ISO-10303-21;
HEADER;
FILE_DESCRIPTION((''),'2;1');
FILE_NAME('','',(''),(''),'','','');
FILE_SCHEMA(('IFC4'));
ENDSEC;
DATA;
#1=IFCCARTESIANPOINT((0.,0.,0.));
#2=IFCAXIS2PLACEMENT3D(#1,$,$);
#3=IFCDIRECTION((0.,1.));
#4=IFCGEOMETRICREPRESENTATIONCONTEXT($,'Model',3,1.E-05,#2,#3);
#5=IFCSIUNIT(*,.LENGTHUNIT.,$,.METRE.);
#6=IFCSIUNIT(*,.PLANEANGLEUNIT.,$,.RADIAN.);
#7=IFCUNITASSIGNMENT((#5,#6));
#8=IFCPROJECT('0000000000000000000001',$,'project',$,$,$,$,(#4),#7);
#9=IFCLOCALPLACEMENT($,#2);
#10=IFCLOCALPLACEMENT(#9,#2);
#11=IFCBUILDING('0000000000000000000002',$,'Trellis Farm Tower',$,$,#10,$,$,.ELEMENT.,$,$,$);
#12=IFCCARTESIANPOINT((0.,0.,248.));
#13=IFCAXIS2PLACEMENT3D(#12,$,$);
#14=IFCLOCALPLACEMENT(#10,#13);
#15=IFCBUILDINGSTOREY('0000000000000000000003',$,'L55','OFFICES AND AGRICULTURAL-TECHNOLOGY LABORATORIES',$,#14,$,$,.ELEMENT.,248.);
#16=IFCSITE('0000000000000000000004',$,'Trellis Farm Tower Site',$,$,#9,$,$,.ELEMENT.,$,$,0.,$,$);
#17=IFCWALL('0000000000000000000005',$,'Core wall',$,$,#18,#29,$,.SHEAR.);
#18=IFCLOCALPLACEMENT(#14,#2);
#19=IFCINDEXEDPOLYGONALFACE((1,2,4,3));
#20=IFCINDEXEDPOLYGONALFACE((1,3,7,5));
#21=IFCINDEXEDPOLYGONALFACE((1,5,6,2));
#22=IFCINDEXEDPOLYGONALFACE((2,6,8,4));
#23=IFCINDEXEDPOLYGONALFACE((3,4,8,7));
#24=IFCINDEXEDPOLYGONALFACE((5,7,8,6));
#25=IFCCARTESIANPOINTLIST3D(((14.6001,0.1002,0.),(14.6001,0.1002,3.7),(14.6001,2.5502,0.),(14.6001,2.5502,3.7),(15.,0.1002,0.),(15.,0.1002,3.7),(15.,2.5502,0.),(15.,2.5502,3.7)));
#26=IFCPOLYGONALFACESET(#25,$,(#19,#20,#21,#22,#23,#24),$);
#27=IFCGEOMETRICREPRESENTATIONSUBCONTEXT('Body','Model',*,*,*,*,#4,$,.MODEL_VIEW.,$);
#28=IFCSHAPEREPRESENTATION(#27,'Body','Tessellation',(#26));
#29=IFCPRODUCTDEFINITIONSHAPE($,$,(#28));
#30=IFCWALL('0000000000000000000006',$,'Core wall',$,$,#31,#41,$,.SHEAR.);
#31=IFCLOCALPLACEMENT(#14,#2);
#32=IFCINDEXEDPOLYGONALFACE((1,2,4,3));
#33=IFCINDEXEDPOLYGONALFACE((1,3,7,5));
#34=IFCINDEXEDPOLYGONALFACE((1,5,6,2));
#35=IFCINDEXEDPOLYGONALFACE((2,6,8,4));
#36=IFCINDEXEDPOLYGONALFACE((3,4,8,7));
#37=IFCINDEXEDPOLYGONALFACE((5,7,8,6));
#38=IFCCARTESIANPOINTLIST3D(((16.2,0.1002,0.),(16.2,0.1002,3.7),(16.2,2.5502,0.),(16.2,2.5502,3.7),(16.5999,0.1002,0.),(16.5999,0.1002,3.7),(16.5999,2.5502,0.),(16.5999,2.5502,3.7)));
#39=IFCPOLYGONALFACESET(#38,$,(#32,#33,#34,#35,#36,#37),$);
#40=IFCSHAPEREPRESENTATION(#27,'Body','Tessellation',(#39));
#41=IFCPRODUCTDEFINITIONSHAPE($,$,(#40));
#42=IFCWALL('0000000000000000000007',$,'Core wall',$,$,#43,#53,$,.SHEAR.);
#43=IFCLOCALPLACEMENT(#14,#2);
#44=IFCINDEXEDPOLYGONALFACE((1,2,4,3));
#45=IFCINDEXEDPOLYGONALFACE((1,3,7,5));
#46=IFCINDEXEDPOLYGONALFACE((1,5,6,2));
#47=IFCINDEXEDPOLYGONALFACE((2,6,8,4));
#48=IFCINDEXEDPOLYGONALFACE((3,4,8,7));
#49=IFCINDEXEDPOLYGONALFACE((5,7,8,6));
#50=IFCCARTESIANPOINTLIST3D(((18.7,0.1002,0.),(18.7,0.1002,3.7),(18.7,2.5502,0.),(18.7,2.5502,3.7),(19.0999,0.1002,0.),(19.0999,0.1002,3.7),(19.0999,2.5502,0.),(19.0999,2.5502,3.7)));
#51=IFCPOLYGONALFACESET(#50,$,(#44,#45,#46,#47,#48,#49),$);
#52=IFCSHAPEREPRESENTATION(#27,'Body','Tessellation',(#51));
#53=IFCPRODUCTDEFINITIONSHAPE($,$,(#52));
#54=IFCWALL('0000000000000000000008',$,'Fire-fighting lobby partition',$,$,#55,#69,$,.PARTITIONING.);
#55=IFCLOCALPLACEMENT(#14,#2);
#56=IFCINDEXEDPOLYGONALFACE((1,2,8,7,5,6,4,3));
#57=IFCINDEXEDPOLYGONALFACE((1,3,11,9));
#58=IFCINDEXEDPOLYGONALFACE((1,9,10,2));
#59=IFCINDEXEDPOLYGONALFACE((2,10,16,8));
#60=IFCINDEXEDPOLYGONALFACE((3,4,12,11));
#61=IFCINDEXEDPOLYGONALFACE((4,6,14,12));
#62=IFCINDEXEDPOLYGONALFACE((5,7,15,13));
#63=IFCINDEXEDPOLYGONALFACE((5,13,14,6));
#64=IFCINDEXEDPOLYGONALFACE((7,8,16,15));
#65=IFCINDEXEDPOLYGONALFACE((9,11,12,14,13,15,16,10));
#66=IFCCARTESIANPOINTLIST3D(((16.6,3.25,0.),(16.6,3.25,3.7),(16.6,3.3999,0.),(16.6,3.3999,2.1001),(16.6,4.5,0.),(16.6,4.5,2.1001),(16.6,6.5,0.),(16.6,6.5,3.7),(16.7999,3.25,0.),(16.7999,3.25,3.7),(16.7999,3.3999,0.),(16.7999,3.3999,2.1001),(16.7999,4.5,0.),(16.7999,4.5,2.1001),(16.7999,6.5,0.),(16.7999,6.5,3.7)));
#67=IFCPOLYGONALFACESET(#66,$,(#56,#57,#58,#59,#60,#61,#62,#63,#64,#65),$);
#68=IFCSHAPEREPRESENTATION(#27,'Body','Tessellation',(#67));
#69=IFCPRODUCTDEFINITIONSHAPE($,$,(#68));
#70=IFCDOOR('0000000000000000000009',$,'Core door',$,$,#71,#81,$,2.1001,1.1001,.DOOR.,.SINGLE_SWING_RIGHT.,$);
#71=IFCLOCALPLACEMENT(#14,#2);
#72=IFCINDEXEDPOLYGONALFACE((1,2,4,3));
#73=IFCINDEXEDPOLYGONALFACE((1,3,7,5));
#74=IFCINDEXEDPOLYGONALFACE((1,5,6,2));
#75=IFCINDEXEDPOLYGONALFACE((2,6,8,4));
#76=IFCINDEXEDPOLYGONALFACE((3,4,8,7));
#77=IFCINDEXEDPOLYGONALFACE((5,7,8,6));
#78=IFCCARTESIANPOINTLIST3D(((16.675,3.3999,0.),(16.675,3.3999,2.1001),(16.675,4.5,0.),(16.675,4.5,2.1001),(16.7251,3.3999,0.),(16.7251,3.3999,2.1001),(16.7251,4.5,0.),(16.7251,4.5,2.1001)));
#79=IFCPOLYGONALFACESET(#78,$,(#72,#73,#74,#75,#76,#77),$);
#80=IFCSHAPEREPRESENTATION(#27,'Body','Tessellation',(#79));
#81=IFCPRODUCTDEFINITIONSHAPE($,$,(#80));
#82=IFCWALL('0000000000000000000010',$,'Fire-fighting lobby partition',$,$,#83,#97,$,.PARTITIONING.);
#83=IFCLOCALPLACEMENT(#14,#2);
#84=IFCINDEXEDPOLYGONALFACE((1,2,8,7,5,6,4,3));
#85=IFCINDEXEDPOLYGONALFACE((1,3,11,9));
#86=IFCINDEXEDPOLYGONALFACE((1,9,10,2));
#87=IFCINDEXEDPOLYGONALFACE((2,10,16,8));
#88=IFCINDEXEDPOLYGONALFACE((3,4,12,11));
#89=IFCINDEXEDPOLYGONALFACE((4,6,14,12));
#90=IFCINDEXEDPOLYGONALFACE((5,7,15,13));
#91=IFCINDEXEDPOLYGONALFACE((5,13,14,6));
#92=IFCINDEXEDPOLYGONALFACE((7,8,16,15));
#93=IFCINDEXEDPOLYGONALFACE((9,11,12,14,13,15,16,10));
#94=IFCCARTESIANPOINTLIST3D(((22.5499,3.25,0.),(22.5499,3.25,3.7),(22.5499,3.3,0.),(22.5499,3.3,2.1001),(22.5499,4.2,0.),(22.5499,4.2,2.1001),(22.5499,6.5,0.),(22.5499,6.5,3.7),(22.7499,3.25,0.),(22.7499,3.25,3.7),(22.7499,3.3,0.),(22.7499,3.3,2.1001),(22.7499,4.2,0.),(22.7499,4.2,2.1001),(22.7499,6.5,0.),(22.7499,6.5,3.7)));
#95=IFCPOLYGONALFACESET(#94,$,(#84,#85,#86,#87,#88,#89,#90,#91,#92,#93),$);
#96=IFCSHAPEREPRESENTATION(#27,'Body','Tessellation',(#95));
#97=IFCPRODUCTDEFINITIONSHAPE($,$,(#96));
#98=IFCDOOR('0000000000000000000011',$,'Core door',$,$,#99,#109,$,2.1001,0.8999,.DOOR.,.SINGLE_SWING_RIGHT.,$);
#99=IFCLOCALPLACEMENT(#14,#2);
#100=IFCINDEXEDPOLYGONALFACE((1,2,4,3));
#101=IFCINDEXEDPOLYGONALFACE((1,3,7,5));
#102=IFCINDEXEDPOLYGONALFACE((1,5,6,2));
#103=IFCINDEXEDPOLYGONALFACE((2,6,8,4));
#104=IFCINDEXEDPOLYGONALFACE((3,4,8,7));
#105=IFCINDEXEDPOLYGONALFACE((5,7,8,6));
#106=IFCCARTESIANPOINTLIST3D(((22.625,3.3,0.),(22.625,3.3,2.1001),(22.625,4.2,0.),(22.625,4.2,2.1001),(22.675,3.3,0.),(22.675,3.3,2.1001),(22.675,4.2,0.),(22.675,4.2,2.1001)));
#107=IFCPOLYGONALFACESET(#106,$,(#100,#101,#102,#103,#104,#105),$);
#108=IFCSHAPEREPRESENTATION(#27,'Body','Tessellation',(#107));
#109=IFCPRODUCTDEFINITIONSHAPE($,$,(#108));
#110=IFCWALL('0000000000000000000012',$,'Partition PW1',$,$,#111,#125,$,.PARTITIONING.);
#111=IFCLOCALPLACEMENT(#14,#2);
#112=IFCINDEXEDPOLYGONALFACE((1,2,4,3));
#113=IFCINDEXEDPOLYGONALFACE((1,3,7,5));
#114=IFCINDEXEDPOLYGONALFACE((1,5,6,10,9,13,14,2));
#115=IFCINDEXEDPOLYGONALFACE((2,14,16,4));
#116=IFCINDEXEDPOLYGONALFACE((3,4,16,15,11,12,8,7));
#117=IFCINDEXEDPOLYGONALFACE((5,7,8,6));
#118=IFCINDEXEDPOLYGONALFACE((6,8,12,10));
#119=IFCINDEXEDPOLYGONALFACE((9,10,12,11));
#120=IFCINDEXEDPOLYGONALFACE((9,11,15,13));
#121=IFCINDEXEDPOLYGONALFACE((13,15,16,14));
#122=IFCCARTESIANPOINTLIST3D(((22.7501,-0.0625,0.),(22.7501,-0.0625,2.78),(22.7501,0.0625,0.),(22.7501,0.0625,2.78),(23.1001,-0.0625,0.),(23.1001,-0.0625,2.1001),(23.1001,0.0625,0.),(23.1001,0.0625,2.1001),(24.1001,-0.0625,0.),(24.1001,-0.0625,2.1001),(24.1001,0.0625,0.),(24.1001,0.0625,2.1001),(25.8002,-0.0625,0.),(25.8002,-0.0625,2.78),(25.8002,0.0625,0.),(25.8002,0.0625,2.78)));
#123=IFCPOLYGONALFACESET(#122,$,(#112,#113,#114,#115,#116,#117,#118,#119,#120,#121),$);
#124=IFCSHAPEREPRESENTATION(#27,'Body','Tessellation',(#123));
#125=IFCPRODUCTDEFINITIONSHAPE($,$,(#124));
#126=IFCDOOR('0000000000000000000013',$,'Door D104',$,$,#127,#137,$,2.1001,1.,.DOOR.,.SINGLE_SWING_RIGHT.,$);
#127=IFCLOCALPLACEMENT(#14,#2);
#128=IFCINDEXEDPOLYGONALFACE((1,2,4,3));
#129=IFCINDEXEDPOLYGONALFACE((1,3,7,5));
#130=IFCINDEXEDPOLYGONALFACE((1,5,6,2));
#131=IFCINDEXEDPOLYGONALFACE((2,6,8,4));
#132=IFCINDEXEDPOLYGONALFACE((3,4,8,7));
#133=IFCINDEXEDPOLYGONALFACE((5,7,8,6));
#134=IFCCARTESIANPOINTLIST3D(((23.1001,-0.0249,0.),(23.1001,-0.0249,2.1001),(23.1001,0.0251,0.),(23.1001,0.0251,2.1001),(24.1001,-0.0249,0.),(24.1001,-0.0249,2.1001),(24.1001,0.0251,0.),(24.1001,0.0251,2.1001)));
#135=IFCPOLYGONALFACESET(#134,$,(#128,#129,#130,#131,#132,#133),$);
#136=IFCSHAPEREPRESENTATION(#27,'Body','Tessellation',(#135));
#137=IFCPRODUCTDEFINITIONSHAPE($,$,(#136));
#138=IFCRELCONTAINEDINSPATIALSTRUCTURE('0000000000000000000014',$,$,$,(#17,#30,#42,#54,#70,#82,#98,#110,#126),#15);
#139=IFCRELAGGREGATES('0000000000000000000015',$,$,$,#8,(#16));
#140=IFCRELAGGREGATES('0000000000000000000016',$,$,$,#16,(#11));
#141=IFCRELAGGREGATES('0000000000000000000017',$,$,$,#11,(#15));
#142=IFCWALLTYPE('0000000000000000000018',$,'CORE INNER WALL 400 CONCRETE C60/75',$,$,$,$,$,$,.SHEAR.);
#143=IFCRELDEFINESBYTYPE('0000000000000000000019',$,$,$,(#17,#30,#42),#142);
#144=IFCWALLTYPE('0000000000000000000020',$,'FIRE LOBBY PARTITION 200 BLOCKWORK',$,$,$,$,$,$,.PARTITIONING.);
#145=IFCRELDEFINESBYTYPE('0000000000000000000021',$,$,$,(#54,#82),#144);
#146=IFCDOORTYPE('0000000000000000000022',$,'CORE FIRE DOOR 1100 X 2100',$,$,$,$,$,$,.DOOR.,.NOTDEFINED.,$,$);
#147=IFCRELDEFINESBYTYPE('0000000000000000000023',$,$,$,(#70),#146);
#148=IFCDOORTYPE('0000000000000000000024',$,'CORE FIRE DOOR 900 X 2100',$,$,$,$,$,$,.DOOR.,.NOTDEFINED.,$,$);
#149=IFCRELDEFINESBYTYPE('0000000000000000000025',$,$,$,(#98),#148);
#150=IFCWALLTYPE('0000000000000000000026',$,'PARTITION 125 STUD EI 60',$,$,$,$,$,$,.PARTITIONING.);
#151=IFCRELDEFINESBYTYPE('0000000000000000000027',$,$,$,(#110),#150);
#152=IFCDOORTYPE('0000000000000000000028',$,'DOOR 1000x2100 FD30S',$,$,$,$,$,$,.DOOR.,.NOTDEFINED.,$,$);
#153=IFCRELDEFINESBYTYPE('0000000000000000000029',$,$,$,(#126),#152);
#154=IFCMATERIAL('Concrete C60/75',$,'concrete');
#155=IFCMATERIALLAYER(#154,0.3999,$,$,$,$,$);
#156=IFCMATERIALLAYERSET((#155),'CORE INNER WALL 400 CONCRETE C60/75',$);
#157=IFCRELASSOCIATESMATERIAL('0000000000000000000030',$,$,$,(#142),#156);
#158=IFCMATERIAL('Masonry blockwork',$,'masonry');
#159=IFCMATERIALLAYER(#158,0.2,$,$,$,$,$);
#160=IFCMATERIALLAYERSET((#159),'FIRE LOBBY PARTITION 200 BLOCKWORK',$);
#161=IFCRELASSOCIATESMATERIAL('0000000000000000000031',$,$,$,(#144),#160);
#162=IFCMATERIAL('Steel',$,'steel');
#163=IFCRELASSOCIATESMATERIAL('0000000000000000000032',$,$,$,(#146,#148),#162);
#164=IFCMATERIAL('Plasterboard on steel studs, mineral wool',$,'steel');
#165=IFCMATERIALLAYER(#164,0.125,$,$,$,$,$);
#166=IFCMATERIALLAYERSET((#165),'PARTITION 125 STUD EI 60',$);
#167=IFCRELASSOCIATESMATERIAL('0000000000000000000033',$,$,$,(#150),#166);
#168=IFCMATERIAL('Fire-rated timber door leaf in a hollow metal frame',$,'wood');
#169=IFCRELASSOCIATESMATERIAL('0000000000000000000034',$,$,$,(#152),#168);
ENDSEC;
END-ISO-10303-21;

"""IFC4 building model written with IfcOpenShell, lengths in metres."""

from ifc_helpers import new_model, si_unit, direction, frame, frame_2d, origin, place, context, subcontext, project, spatial, rectangle, extrude, source, transform, mapped, material, layer, layer_set, type_object, element, fill, save


model = new_model("IFC4")

# Units and contexts
model_context = context("Model", 3, precision=1e-05, world=origin(), true_north=direction((0.0, 1.0)))
body_context = subcontext(model_context, "Body", "Model", "MODEL_VIEW")
ifc_project = project(units=[si_unit("LENGTHUNIT", "METRE"), si_unit("PLANEANGLEUNIT", "RADIAN")], contexts=[model_context])

# Site, building, storey
site_placement = place(None, origin())
site = spatial("IfcSite", under=ifc_project, at=site_placement, Name="Trellis Farm Tower Site", CompositionType="ELEMENT", RefElevation=0.0)
building_placement = place(site_placement, origin())
building = spatial("IfcBuilding", under=site, at=building_placement, Name="Trellis Farm Tower", CompositionType="ELEMENT")
storey_placement = place(building_placement, frame((0.0, 0.0, 248.0)))
storey = spatial("IfcBuildingStorey", under=building, at=storey_placement, Name="L55", Description="OFFICES AND AGRICULTURAL-TECHNOLOGY LABORATORIES", CompositionType="ELEMENT", Elevation=248.0)

# Shared definitions
ifc_material_1 = material(Name="Concrete C60/75", Category="concrete")

# Walls
ifc_layer_1 = layer(ifc_material_1, 0.3999)
ifc_layer_set_1 = layer_set([ifc_layer_1], Name="CORE INNER WALL 400 CONCRETE C60/75")
wall_type_1 = type_object("IfcWallType", Name="CORE INNER WALL 400 CONCRETE C60/75", PredefinedType="SHEAR", material=ifc_layer_set_1)
shared_shape_1 = source(origin(), body_context, "Body", "SweptSolid", [
    extrude(rectangle(XDim=2.45, YDim=0.3999, at=frame_2d((1.2251, 0.0))), origin(), (0.0, 0.0, 1.0), 3.7),
])
for number, where, z_axis, x_axis, name in (
    (1, (14.8, 0.1001, 0.0), (0.0, 0.0, 1.0), (0.0, 1.0, 0.0), "Core wall"),
    (2, (16.3999, 0.1001, 0.0), (0.0, 0.0, 1.0), (0.0, 1.0, 0.0), "Core wall"),
    (3, (18.8999, 0.1001, 0.0), (0.0, 0.0, 1.0), (0.0, 1.0, 0.0), "Core wall"),
):
    element("IfcWall", number, at=place(storey_placement, frame(where, z_axis=z_axis, x_axis=x_axis)), inside=storey, type_object=wall_type_1, Name=name, PredefinedType="SHEAR", context=body_context, shape_type="MappedRepresentation", body=[
        mapped(shared_shape_1, transform((0.0, 0.0, 0.0))),
    ])

# Walls, openings, doors
ifc_material_2 = material(Name="Masonry blockwork", Category="masonry")
ifc_layer_2 = layer(ifc_material_2, 0.2)
ifc_layer_set_2 = layer_set([ifc_layer_2], Name="FIRE LOBBY PARTITION 200 BLOCKWORK")
wall_type_2 = type_object("IfcWallType", Name="FIRE LOBBY PARTITION 200 BLOCKWORK", PredefinedType="PARTITIONING", material=ifc_layer_set_2)
shared_shape_2 = source(origin(), body_context, "Body", "SweptSolid", [
    extrude(rectangle(XDim=3.25, YDim=0.2, at=frame_2d((1.625, 0.0))), origin(), (0.0, 0.0, 1.0), 3.7),
])
wall_1_placement = place(storey_placement, frame((16.7, 3.25, 0.0), z_axis=(0.0, 0.0, 1.0), x_axis=(0.0, 1.0, 0.0)))
wall_1 = element("IfcWall", 4, at=wall_1_placement, inside=storey, type_object=wall_type_2, Name="Fire-fighting lobby partition", PredefinedType="PARTITIONING", context=body_context, shape_type="MappedRepresentation", body=[
    mapped(shared_shape_2, transform((0.0, 0.0, 0.0))),
])
shared_shape_3 = source(origin(), body_context, "Body", "SweptSolid", [
    extrude(rectangle(XDim=1.1001, YDim=2.1001, at=frame_2d((0.55, 1.05))), frame((0.0, 0.1101, 0.0), z_axis=(0.0, -1.0, 0.0), x_axis=(1.0, 0.0, 0.0)), (0.0, 0.0, 1.0), 0.2202),
])
opening_1_placement = place(wall_1_placement, frame((0.1499, 0.0, 0.0)))
opening_1 = element("IfcOpeningElement", 5, at=opening_1_placement, cuts=wall_1, PredefinedType="OPENING", context=body_context, shape_type="MappedRepresentation", body=[
    mapped(shared_shape_3, transform((0.0, 0.0, 0.0))),
])
ifc_material_3 = material(Name="Steel", Category="steel")
door_type_1 = type_object("IfcDoorType", Name="CORE FIRE DOOR 1100 X 2100", OperationType="NOTDEFINED", PredefinedType="DOOR", material=ifc_material_3)
shared_shape_4 = source(origin(), body_context, "Body", "SweptSolid", [
    extrude(rectangle(XDim=1.1001, YDim=2.1001, at=frame_2d((0.55, 1.05))), frame((0.0, 0.0249, 0.0), z_axis=(0.0, -1.0, 0.0), x_axis=(1.0, 0.0, 0.0)), (0.0, 0.0, 1.0), 0.05),
])
door_1_placement = place(opening_1_placement, origin())
door_1 = element("IfcDoor", 6, at=door_1_placement, inside=storey, type_object=door_type_1, Name="Core door", OperationType="SINGLE_SWING_RIGHT", OverallHeight=2.1001, OverallWidth=1.1001, PredefinedType="DOOR", context=body_context, shape_type="MappedRepresentation", body=[
    mapped(shared_shape_4, transform((0.0, 0.0, 0.0))),
])
fill(opening_1, door_1)
wall_2_placement = place(storey_placement, frame((22.6499, 3.25, 0.0), z_axis=(0.0, 0.0, 1.0), x_axis=(0.0, 1.0, 0.0)))
wall_2 = element("IfcWall", 7, at=wall_2_placement, inside=storey, type_object=wall_type_2, Name="Fire-fighting lobby partition", PredefinedType="PARTITIONING", context=body_context, shape_type="MappedRepresentation", body=[
    mapped(shared_shape_2, transform((0.0, 0.0, 0.0))),
])
shared_shape_5 = source(origin(), body_context, "Body", "SweptSolid", [
    extrude(rectangle(XDim=0.8999, YDim=2.1001, at=frame_2d((0.45, 1.05))), frame((0.0, 0.1101, 0.0), z_axis=(0.0, -1.0, 0.0), x_axis=(1.0, 0.0, 0.0)), (0.0, 0.0, 1.0), 0.2202),
])
opening_2_placement = place(wall_2_placement, frame((0.05, 0.0, 0.0)))
opening_2 = element("IfcOpeningElement", 8, at=opening_2_placement, cuts=wall_2, PredefinedType="OPENING", context=body_context, shape_type="MappedRepresentation", body=[
    mapped(shared_shape_5, transform((0.0, 0.0, 0.0))),
])
door_type_2 = type_object("IfcDoorType", Name="CORE FIRE DOOR 900 X 2100", OperationType="NOTDEFINED", PredefinedType="DOOR", material=ifc_material_3)
shared_shape_6 = source(origin(), body_context, "Body", "SweptSolid", [
    extrude(rectangle(XDim=0.8999, YDim=2.1001, at=frame_2d((0.45, 1.05))), frame((0.0, 0.0249, 0.0), z_axis=(0.0, -1.0, 0.0), x_axis=(1.0, 0.0, 0.0)), (0.0, 0.0, 1.0), 0.05),
])
door_2_placement = place(opening_2_placement, origin())
door_2 = element("IfcDoor", 9, at=door_2_placement, inside=storey, type_object=door_type_2, Name="Core door", OperationType="SINGLE_SWING_RIGHT", OverallHeight=2.1001, OverallWidth=0.8999, PredefinedType="DOOR", context=body_context, shape_type="MappedRepresentation", body=[
    mapped(shared_shape_6, transform((0.0, 0.0, 0.0))),
])
fill(opening_2, door_2)
ifc_material_4 = material(Name="Plasterboard on steel studs, mineral wool", Category="steel")
ifc_layer_3 = layer(ifc_material_4, 0.125)
ifc_layer_set_3 = layer_set([ifc_layer_3], Name="PARTITION 125 STUD EI 60")
wall_type_3 = type_object("IfcWallType", Name="PARTITION 125 STUD EI 60", PredefinedType="PARTITIONING", material=ifc_layer_set_3)
shared_shape_7 = source(origin(), body_context, "Body", "SweptSolid", [
    extrude(rectangle(XDim=3.05, YDim=0.125, at=frame_2d((1.5249, 0.0))), origin(), (0.0, 0.0, 1.0), 2.78),
])
wall_3_placement = place(storey_placement, frame((25.8, 0.0, 0.0), z_axis=(0.0, 0.0, 1.0), x_axis=(-1.0, 0.0, 0.0)))
wall_3 = element("IfcWall", 10, at=wall_3_placement, inside=storey, type_object=wall_type_3, Name="Partition PW1", PredefinedType="PARTITIONING", context=body_context, shape_type="MappedRepresentation", body=[
    mapped(shared_shape_7, transform((0.0, 0.0, 0.0))),
])
shared_shape_8 = source(origin(), body_context, "Body", "SweptSolid", [
    extrude(rectangle(XDim=1.0, YDim=2.1001, at=frame_2d((0.5, 1.05))), frame((0.0, 0.0725, 0.0), z_axis=(0.0, -1.0, 0.0), x_axis=(1.0, 0.0, 0.0)), (0.0, 0.0, 1.0), 0.145),
])
opening_3_placement = place(wall_3_placement, frame((1.7, 0.0, 0.0)))
opening_3 = element("IfcOpeningElement", 11, at=opening_3_placement, cuts=wall_3, PredefinedType="OPENING", context=body_context, shape_type="MappedRepresentation", body=[
    mapped(shared_shape_8, transform((0.0, 0.0, 0.0))),
])
ifc_material_5 = material(Name="Fire-rated timber door leaf in a hollow metal frame", Category="wood")
door_type_3 = type_object("IfcDoorType", Name="DOOR 1000x2100 FD30S", OperationType="NOTDEFINED", PredefinedType="DOOR", material=ifc_material_5)
shared_shape_9 = source(origin(), body_context, "Body", "SweptSolid", [
    extrude(rectangle(XDim=1.0, YDim=2.1001, at=frame_2d((0.5, 1.05))), frame((0.0, 0.0249, 0.0), z_axis=(0.0, -1.0, 0.0), x_axis=(1.0, 0.0, 0.0)), (0.0, 0.0, 1.0), 0.05),
])
door_3_placement = place(opening_3_placement, origin())
door_3 = element("IfcDoor", 12, at=door_3_placement, inside=storey, type_object=door_type_3, Name="Door D104", OperationType="SINGLE_SWING_RIGHT", OverallHeight=2.1001, OverallWidth=1.0, PredefinedType="DOOR", context=body_context, shape_type="MappedRepresentation", body=[
    mapped(shared_shape_9, transform((0.0, 0.0, 0.0))),
])
fill(opening_3, door_3)

save(model, "model.ifc")
